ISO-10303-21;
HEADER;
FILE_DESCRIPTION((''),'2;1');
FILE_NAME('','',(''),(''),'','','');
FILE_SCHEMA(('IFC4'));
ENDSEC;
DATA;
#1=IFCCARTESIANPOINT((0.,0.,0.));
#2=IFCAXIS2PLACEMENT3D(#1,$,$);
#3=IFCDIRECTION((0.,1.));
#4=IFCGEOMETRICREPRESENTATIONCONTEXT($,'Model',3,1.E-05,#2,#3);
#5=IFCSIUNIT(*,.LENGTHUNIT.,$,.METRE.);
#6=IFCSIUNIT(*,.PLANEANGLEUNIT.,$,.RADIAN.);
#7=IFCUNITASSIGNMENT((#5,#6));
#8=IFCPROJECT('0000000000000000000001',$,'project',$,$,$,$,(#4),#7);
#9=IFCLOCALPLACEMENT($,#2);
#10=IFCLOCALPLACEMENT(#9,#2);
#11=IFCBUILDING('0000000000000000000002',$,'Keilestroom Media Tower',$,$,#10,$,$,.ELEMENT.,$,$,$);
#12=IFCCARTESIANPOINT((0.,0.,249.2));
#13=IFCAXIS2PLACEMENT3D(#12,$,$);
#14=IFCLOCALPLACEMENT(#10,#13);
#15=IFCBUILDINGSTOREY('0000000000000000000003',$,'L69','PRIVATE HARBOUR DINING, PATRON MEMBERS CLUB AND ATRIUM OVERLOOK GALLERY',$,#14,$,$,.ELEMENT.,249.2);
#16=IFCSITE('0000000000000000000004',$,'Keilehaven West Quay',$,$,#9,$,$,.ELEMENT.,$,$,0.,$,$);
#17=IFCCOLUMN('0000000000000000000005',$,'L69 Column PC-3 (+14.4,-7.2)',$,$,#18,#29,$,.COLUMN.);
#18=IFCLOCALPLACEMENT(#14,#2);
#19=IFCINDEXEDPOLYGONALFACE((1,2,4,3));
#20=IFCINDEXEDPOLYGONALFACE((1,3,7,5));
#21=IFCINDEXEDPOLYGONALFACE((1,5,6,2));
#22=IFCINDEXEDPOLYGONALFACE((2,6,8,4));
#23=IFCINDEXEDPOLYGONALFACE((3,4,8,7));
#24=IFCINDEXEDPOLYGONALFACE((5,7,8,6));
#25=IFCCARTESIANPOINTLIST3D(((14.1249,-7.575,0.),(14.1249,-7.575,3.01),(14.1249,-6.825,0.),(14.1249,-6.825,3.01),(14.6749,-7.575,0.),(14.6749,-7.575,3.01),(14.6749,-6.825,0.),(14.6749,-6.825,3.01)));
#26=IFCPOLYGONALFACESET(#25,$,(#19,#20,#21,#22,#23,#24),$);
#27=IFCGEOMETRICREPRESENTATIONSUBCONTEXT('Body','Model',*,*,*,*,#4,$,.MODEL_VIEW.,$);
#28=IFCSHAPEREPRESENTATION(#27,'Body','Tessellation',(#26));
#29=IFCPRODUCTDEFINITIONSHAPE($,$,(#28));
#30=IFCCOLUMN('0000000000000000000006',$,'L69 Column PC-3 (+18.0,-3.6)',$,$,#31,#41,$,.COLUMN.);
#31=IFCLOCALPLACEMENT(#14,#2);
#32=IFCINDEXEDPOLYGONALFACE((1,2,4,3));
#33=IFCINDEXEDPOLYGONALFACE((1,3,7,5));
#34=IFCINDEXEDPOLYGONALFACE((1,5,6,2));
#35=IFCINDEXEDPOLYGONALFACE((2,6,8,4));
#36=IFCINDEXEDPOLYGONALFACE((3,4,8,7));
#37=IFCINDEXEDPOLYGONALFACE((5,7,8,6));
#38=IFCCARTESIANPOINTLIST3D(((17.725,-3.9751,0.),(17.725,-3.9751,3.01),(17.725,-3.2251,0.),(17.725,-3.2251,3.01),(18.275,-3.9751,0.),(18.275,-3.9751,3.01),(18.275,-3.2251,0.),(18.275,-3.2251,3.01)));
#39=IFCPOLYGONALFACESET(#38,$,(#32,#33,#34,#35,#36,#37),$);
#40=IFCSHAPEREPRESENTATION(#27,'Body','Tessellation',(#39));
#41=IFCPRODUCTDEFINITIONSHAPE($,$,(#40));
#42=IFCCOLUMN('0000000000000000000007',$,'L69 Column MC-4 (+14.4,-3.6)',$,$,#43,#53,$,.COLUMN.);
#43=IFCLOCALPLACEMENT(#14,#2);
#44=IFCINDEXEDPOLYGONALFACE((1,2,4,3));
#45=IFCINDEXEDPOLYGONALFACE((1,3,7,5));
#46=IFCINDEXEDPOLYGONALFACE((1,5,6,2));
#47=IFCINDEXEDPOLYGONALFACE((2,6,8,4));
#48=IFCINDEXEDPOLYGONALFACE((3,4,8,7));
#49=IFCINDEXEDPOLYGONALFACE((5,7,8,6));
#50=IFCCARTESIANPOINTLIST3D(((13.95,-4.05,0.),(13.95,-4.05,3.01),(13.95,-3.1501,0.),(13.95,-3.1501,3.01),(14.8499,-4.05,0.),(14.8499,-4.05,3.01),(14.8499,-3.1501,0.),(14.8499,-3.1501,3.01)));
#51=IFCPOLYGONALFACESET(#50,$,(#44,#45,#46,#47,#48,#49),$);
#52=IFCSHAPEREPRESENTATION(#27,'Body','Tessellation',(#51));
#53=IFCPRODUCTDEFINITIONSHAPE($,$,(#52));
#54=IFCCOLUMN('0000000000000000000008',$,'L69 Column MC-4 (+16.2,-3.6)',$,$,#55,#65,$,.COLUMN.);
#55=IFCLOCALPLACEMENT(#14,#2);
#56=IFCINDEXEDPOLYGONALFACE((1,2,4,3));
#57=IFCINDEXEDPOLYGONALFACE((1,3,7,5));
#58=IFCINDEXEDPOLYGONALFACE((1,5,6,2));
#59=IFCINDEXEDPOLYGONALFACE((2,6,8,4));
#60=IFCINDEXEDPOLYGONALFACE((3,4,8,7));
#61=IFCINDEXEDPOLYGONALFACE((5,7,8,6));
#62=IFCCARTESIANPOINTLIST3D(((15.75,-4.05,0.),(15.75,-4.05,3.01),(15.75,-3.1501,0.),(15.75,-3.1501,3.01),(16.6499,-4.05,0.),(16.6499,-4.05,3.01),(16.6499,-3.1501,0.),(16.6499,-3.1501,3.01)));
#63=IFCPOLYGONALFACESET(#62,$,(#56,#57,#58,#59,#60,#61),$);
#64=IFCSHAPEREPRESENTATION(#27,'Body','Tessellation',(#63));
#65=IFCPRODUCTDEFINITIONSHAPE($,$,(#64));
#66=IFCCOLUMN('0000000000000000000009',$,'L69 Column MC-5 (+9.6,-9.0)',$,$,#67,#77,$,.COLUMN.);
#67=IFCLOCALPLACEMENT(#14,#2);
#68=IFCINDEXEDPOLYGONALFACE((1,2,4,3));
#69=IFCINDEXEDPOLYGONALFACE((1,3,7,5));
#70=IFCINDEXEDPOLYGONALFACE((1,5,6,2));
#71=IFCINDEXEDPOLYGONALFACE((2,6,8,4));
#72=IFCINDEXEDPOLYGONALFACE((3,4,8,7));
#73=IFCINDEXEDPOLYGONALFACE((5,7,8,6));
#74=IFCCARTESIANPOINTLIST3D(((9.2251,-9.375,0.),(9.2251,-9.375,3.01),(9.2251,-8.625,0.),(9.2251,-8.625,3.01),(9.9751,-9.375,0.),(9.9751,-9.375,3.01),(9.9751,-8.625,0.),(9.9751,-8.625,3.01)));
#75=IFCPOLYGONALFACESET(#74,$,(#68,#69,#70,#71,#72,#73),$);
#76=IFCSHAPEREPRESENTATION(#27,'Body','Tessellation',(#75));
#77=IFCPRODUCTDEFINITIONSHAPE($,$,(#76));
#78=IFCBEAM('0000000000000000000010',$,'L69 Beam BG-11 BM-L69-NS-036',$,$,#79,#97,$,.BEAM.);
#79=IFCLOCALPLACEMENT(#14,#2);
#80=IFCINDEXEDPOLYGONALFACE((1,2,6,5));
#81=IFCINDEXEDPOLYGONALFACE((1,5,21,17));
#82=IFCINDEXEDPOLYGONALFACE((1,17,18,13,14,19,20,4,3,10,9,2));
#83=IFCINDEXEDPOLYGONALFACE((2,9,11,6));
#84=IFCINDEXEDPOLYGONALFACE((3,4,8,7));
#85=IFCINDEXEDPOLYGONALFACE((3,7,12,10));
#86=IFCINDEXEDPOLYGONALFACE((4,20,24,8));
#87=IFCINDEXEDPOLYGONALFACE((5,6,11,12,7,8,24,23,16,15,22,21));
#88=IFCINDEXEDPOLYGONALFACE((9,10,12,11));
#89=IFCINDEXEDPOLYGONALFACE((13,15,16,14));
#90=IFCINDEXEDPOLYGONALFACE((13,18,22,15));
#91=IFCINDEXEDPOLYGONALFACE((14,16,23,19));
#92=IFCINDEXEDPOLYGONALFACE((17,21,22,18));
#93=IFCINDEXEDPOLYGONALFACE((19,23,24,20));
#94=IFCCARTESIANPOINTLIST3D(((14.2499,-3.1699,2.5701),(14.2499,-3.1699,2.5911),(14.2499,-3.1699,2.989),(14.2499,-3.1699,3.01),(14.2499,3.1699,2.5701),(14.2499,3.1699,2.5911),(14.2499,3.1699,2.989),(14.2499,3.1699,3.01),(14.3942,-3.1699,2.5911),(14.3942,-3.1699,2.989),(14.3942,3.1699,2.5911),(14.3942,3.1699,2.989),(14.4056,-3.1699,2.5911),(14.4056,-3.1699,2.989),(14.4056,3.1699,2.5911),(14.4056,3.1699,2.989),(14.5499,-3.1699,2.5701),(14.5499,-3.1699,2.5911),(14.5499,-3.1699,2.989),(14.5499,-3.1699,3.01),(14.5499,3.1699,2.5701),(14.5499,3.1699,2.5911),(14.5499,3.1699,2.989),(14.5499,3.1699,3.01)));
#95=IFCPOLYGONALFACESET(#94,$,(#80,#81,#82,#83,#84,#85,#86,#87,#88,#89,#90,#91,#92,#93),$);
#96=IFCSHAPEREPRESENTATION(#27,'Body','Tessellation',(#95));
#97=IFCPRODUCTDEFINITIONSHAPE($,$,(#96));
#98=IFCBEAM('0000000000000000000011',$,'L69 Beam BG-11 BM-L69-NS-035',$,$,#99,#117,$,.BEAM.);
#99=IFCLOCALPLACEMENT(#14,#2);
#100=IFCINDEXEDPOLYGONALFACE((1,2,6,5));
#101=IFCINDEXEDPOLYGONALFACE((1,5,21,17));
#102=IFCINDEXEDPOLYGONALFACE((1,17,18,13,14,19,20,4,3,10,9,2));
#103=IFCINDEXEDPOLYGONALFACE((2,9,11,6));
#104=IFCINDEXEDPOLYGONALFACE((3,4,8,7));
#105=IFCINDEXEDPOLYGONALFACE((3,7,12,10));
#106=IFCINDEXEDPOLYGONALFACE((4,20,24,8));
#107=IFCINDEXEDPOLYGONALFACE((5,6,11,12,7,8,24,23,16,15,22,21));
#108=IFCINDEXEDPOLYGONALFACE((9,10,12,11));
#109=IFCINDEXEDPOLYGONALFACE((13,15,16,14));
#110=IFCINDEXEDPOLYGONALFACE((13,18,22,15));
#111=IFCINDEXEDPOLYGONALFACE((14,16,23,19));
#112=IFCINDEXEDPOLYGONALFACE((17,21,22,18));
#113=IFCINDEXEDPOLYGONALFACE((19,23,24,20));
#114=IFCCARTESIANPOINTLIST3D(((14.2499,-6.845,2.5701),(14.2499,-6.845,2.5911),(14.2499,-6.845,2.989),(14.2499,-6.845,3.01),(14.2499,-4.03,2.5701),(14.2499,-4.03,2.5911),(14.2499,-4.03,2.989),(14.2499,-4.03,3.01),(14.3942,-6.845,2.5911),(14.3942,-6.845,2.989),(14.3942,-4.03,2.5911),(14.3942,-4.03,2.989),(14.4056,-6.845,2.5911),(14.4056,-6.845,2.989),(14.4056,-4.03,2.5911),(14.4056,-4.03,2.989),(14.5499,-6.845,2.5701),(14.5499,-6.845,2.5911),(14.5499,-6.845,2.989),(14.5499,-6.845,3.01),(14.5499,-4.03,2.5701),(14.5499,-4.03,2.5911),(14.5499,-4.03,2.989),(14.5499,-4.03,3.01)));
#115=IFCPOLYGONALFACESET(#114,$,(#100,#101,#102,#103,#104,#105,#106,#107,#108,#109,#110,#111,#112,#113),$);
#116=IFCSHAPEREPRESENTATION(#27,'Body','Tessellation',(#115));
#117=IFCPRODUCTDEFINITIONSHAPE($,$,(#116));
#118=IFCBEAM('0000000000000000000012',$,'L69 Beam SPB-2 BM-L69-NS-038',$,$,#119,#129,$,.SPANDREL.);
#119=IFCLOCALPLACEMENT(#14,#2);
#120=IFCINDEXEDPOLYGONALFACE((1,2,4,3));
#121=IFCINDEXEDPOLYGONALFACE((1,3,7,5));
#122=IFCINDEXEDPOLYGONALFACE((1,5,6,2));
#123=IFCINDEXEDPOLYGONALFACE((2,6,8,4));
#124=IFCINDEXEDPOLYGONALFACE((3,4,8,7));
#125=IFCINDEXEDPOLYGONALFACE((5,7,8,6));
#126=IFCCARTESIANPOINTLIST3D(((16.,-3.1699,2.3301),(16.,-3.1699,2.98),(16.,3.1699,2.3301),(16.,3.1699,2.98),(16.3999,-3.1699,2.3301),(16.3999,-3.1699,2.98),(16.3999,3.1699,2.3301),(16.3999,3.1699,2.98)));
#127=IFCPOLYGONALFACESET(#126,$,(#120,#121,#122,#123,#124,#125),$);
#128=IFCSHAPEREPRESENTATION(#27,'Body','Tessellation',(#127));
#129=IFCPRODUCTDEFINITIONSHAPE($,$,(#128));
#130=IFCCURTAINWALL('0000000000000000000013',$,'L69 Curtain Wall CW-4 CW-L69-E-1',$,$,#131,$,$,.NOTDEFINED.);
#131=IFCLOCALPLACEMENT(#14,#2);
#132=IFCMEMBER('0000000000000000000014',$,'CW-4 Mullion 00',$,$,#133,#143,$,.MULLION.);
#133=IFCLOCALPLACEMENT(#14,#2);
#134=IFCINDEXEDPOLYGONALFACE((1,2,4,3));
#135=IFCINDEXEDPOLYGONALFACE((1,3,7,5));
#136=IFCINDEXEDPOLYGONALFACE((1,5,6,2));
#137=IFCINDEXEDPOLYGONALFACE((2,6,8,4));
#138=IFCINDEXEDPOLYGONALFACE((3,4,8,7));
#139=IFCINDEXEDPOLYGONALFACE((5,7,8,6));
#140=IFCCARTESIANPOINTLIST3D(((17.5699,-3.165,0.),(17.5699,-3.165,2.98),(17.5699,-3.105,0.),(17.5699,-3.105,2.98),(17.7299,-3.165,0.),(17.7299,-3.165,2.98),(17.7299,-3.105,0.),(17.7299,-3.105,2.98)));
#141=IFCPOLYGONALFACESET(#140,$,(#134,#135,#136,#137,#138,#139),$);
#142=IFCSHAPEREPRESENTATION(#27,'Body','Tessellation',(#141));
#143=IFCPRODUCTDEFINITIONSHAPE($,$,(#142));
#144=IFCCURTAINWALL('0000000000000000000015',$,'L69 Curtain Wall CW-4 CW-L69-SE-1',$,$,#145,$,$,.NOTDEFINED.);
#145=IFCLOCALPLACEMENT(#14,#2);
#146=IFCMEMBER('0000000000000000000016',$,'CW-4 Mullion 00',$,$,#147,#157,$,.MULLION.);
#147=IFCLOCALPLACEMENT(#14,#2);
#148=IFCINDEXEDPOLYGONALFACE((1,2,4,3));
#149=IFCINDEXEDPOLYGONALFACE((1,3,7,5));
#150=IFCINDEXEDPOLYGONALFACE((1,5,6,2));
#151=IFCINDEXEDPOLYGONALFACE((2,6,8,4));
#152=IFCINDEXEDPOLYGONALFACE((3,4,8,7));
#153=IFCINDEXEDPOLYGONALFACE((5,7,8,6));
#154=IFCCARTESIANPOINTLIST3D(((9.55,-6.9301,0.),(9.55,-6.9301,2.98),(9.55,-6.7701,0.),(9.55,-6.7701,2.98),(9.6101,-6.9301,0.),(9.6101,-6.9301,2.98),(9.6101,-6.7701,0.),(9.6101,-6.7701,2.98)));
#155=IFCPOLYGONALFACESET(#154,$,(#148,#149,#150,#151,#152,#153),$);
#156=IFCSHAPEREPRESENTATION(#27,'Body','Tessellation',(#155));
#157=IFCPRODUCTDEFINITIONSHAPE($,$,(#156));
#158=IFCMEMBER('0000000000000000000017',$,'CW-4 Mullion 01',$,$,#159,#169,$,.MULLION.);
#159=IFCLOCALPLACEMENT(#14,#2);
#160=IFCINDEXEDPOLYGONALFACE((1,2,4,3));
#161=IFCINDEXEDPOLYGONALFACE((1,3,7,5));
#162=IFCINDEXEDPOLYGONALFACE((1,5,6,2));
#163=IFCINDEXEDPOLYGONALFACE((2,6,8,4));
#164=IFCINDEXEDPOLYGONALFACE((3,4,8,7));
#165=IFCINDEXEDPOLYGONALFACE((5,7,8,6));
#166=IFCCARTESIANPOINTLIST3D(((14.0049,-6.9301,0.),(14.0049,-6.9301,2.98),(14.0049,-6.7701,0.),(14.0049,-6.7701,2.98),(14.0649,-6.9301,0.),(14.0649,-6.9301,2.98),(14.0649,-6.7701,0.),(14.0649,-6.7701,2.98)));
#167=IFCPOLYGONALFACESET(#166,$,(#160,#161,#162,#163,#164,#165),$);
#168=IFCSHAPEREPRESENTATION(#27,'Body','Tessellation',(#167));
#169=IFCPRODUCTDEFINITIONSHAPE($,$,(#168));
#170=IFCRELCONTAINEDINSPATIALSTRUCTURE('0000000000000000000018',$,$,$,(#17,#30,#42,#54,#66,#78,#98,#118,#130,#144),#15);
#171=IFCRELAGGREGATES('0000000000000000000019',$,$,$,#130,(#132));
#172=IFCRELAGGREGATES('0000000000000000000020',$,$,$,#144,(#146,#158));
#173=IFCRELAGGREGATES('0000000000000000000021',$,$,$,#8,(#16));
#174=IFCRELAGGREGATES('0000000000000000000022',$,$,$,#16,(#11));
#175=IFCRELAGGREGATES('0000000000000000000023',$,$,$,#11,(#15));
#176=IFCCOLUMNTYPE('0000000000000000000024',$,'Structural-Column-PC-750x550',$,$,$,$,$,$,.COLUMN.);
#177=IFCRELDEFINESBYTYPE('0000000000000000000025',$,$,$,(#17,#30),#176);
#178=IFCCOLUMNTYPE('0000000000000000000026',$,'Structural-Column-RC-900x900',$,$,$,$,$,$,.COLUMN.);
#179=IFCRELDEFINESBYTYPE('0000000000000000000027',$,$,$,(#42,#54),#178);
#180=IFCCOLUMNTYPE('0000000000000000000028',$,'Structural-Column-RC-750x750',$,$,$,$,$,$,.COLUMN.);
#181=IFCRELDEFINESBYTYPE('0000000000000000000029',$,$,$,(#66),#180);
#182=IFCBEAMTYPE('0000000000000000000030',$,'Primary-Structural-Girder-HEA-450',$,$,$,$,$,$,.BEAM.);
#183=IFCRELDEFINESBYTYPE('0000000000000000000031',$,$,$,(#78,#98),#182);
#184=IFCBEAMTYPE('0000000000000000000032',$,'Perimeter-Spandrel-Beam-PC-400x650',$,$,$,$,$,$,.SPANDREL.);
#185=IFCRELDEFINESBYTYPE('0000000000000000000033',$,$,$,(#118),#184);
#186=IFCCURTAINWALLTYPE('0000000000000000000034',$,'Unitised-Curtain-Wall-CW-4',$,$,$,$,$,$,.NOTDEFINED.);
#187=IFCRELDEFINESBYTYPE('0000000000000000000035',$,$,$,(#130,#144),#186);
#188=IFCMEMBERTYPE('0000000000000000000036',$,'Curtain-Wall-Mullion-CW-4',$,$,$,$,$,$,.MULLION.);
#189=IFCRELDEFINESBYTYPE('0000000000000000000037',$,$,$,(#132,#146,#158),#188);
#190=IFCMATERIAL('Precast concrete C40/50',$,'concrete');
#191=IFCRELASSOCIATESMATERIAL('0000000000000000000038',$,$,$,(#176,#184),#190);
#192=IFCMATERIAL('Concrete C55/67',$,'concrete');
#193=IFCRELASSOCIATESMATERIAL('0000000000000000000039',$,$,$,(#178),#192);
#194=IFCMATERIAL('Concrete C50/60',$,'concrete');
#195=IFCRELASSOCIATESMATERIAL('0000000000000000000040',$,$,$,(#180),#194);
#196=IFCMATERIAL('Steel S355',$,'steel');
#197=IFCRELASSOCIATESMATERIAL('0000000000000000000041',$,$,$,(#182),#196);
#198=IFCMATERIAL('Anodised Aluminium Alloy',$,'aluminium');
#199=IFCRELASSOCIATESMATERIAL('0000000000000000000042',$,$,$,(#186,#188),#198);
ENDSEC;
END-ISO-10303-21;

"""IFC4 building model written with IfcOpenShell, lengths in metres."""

from ifc_helpers import new_model, si_unit, direction, frame, origin, origin_2d, place, context, subcontext, project, spatial, rectangle, i_section, extrude, source, transform, mapped, material, material_profile, profile_set, type_object, element, aggregate, save


model = new_model("IFC4")

# Units and contexts
model_context = context("Model", 3, precision=1e-05, world=origin(), true_north=direction((0.0, 1.0)))
body_context = subcontext(model_context, "Body", "Model", "MODEL_VIEW")
ifc_project = project(units=[si_unit("LENGTHUNIT", "METRE"), si_unit("PLANEANGLEUNIT", "RADIAN")], contexts=[model_context])

# Site, building, storey
site_placement = place(None, origin())
site = spatial("IfcSite", under=ifc_project, at=site_placement, Name="Keilehaven West Quay", CompositionType="ELEMENT", RefElevation=0.0)
building_placement = place(site_placement, origin())
building = spatial("IfcBuilding", under=site, at=building_placement, Name="Keilestroom Media Tower", CompositionType="ELEMENT")
storey_placement = place(building_placement, frame((0.0, 0.0, 249.2)))
storey = spatial("IfcBuildingStorey", under=building, at=storey_placement, Name="L69", Description="PRIVATE HARBOUR DINING, PATRON MEMBERS CLUB AND ATRIUM OVERLOOK GALLERY", CompositionType="ELEMENT", Elevation=249.2)

# Columns
ifc_material_1 = material(Name="Precast concrete C40/50", Category="concrete")
ifc_material_profile_1 = material_profile(ifc_material_1, rectangle(XDim=0.55, YDim=0.75, at=origin_2d()), Name="PC 750x550")
ifc_profile_set_1 = profile_set([ifc_material_profile_1], Name="Precast concrete C40/50")
column_type_1 = type_object("IfcColumnType", Name="Structural-Column-PC-750x550", PredefinedType="COLUMN", material=ifc_profile_set_1)
shared_shape_1 = source(origin(), body_context, "Body", "SweptSolid", [
    extrude(rectangle(XDim=0.55, YDim=0.75, at=origin_2d()), origin(), (0.0, 0.0, 1.0), 3.01),
])
for number, where, z_axis, x_axis, name in (
    (1, (14.3999, -7.2, 0.0), (0.0, 0.0, 1.0), (1.0, 0.0, 0.0), "L69 Column PC-3 (+14.4,-7.2)"),
    (2, (18.0, -3.6001, 0.0), (0.0, 0.0, 1.0), (1.0, 0.0, 0.0), "L69 Column PC-3 (+18.0,-3.6)"),
):
    element("IfcColumn", number, at=place(storey_placement, frame(where, z_axis=z_axis, x_axis=x_axis)), inside=storey, type_object=column_type_1, Name=name, PredefinedType="COLUMN", context=body_context, shape_type="MappedRepresentation", body=[
        mapped(shared_shape_1, transform((0.0, 0.0, 0.0), x_axis=(1.0, 0.0, 0.0), y_axis=(0.0, 1.0, 0.0), z_axis=(0.0, 0.0, 1.0), scale=1.0)),
    ])
ifc_material_2 = material(Name="Concrete C55/67", Category="concrete")
ifc_material_profile_2 = material_profile(ifc_material_2, rectangle(XDim=0.8999, YDim=0.8999, at=origin_2d()), Name="RC 900x900")
ifc_profile_set_2 = profile_set([ifc_material_profile_2], Name="Concrete C55/67")
column_type_2 = type_object("IfcColumnType", Name="Structural-Column-RC-900x900", PredefinedType="COLUMN", material=ifc_profile_set_2)
shared_shape_2 = source(origin(), body_context, "Body", "SweptSolid", [
    extrude(rectangle(XDim=0.8999, YDim=0.8999, at=origin_2d()), origin(), (0.0, 0.0, 1.0), 3.01),
])
for number, where, z_axis, x_axis, name in (
    (3, (14.3999, -3.6001, 0.0), (0.0, 0.0, 1.0), (1.0, 0.0, 0.0), "L69 Column MC-4 (+14.4,-3.6)"),
    (4, (16.2, -3.6001, 0.0), (0.0, 0.0, 1.0), (1.0, 0.0, 0.0), "L69 Column MC-4 (+16.2,-3.6)"),
):
    element("IfcColumn", number, at=place(storey_placement, frame(where, z_axis=z_axis, x_axis=x_axis)), inside=storey, type_object=column_type_2, Name=name, PredefinedType="COLUMN", context=body_context, shape_type="MappedRepresentation", body=[
        mapped(shared_shape_2, transform((0.0, 0.0, 0.0), x_axis=(1.0, 0.0, 0.0), y_axis=(0.0, 1.0, 0.0), z_axis=(0.0, 0.0, 1.0), scale=1.0)),
    ])
ifc_material_3 = material(Name="Concrete C50/60", Category="concrete")
ifc_material_profile_3 = material_profile(ifc_material_3, rectangle(XDim=0.75, YDim=0.75, at=origin_2d()), Name="RC 750x750")
ifc_profile_set_3 = profile_set([ifc_material_profile_3], Name="Concrete C50/60")
column_type_3 = type_object("IfcColumnType", Name="Structural-Column-RC-750x750", PredefinedType="COLUMN", material=ifc_profile_set_3)
shared_shape_3 = source(origin(), body_context, "Body", "SweptSolid", [
    extrude(rectangle(XDim=0.75, YDim=0.75, at=origin_2d()), origin(), (0.0, 0.0, 1.0), 3.01),
])
column_placement = place(storey_placement, frame((9.6001, -9.0, 0.0), z_axis=(0.0, 0.0, 1.0), x_axis=(1.0, 0.0, 0.0)))
element("IfcColumn", 5, at=column_placement, inside=storey, type_object=column_type_3, Name="L69 Column MC-5 (+9.6,-9.0)", PredefinedType="COLUMN", context=body_context, shape_type="MappedRepresentation", body=[
    mapped(shared_shape_3, transform((0.0, 0.0, 0.0), x_axis=(1.0, 0.0, 0.0), y_axis=(0.0, 1.0, 0.0), z_axis=(0.0, 0.0, 1.0), scale=1.0)),
])

# Beams
ifc_material_4 = material(Name="Steel S355", Category="steel")
ifc_material_profile_4 = material_profile(ifc_material_4, i_section(OverallWidth=0.3, OverallDepth=0.4399, WebThickness=0.0115, FlangeThickness=0.021, at=origin_2d()), Name="HEA 450")
ifc_profile_set_4 = profile_set([ifc_material_profile_4], Name="Steel S355")
beam_type_1 = type_object("IfcBeamType", Name="Primary-Structural-Girder-HEA-450", PredefinedType="BEAM", material=ifc_profile_set_4)
shared_shape_4 = source(origin(), body_context, "Body", "SweptSolid", [
    extrude(i_section(OverallWidth=0.3, OverallDepth=0.4399, WebThickness=0.0115, FlangeThickness=0.021, at=origin_2d()), origin(), (0.0, 0.0, 1.0), 6.3398),
])
beam_1_placement = place(storey_placement, frame((14.3999, -3.1699, 2.79), z_axis=(0.0, 1.0, 0.0), x_axis=(-1.0, 0.0, 0.0)))
element("IfcBeam", 6, at=beam_1_placement, inside=storey, type_object=beam_type_1, Name="L69 Beam BG-11 BM-L69-NS-036", PredefinedType="BEAM", context=body_context, shape_type="MappedRepresentation", body=[
    mapped(shared_shape_4, transform((0.0, 0.0, 0.0), x_axis=(1.0, 0.0, 0.0), y_axis=(0.0, 1.0, 0.0), z_axis=(0.0, 0.0, 1.0), scale=1.0)),
])
shared_shape_5 = source(origin(), body_context, "Body", "SweptSolid", [
    extrude(i_section(OverallWidth=0.3, OverallDepth=0.4399, WebThickness=0.0115, FlangeThickness=0.021, at=origin_2d()), origin(), (0.0, 0.0, 1.0), 2.8149),
])
beam_2_placement = place(storey_placement, frame((14.3999, -6.845, 2.79), z_axis=(0.0, 1.0, 0.0), x_axis=(-1.0, 0.0, 0.0)))
element("IfcBeam", 7, at=beam_2_placement, inside=storey, type_object=beam_type_1, Name="L69 Beam BG-11 BM-L69-NS-035", PredefinedType="BEAM", context=body_context, shape_type="MappedRepresentation", body=[
    mapped(shared_shape_5, transform((0.0, 0.0, 0.0), x_axis=(1.0, 0.0, 0.0), y_axis=(0.0, 1.0, 0.0), z_axis=(0.0, 0.0, 1.0), scale=1.0)),
])
ifc_material_profile_5 = material_profile(ifc_material_1, rectangle(XDim=0.3999, YDim=0.6499, at=origin_2d()), Name="PC 400x650")
ifc_profile_set_5 = profile_set([ifc_material_profile_5], Name="Precast concrete C40/50")
beam_type_2 = type_object("IfcBeamType", Name="Perimeter-Spandrel-Beam-PC-400x650", PredefinedType="SPANDREL", material=ifc_profile_set_5)
shared_shape_6 = source(origin(), body_context, "Body", "SweptSolid", [
    extrude(rectangle(XDim=0.3999, YDim=0.6499, at=origin_2d()), origin(), (0.0, 0.0, 1.0), 6.3398),
])
beam_3_placement = place(storey_placement, frame((16.2, -3.1699, 2.655), z_axis=(0.0, 1.0, 0.0), x_axis=(-1.0, 0.0, 0.0)))
element("IfcBeam", 8, at=beam_3_placement, inside=storey, type_object=beam_type_2, Name="L69 Beam SPB-2 BM-L69-NS-038", PredefinedType="SPANDREL", context=body_context, shape_type="MappedRepresentation", body=[
    mapped(shared_shape_6, transform((0.0, 0.0, 0.0), x_axis=(1.0, 0.0, 0.0), y_axis=(0.0, 1.0, 0.0), z_axis=(0.0, 0.0, 1.0), scale=1.0)),
])

# Curtain wall, member
ifc_material_5 = material(Name="Anodised Aluminium Alloy", Category="aluminium")
curtain_wall_type = type_object("IfcCurtainWallType", Name="Unitised-Curtain-Wall-CW-4", PredefinedType="NOTDEFINED", material=ifc_material_5)
curtain_wall_1_placement = place(storey_placement, origin())
curtain_wall_1 = element("IfcCurtainWall", 9, at=curtain_wall_1_placement, inside=storey, type_object=curtain_wall_type, Name="L69 Curtain Wall CW-4 CW-L69-E-1", PredefinedType="NOTDEFINED")
ifc_material_profile_6 = material_profile(ifc_material_5, rectangle(XDim=0.0601, YDim=0.1599, at=origin_2d()), Name="ALU MULLION 60x160")
ifc_profile_set_6 = profile_set([ifc_material_profile_6], Name="Anodised Aluminium Alloy")
member_type_1 = type_object("IfcMemberType", Name="Curtain-Wall-Mullion-CW-4", PredefinedType="MULLION", material=ifc_profile_set_6)
shared_shape_7 = source(origin(), body_context, "Body", "SweptSolid", [
    extrude(rectangle(XDim=0.0601, YDim=0.1599, at=origin_2d()), origin(), (0.0, 0.0, 1.0), 2.98),
])
member_1_placement = place(storey_placement, frame((17.6499, -3.135, 0.0), z_axis=(0.0, 0.0, 1.0), x_axis=(0.0, 1.0, 0.0)))
member_1 = element("IfcMember", 10, at=member_1_placement, type_object=member_type_1, Name="CW-4 Mullion 00", PredefinedType="MULLION", context=body_context, shape_type="MappedRepresentation", body=[
    mapped(shared_shape_7, transform((0.0, 0.0, 0.0), x_axis=(1.0, 0.0, 0.0), y_axis=(0.0, 1.0, 0.0), z_axis=(0.0, 0.0, 1.0), scale=1.0)),
])

# Curtain wall, members
curtain_wall_2_placement = place(storey_placement, origin())
curtain_wall_2 = element("IfcCurtainWall", 11, at=curtain_wall_2_placement, inside=storey, type_object=curtain_wall_type, Name="L69 Curtain Wall CW-4 CW-L69-SE-1", PredefinedType="NOTDEFINED")
member_2_placement = place(storey_placement, frame((9.5801, -6.8501, 0.0), z_axis=(0.0, 0.0, 1.0), x_axis=(1.0, 0.0, 0.0)))
member_2 = element("IfcMember", 12, at=member_2_placement, type_object=member_type_1, Name="CW-4 Mullion 00", PredefinedType="MULLION", context=body_context, shape_type="MappedRepresentation", body=[
    mapped(shared_shape_7, transform((0.0, 0.0, 0.0), x_axis=(1.0, 0.0, 0.0), y_axis=(0.0, 1.0, 0.0), z_axis=(0.0, 0.0, 1.0), scale=1.0)),
])
member_3_placement = place(storey_placement, frame((14.0349, -6.8501, 0.0), z_axis=(0.0, 0.0, 1.0), x_axis=(1.0, 0.0, 0.0)))
member_3 = element("IfcMember", 13, at=member_3_placement, type_object=member_type_1, Name="CW-4 Mullion 01", PredefinedType="MULLION", context=body_context, shape_type="MappedRepresentation", body=[
    mapped(shared_shape_7, transform((0.0, 0.0, 0.0), x_axis=(1.0, 0.0, 0.0), y_axis=(0.0, 1.0, 0.0), z_axis=(0.0, 0.0, 1.0), scale=1.0)),
])

aggregate(curtain_wall_1, [member_1])
aggregate(curtain_wall_2, [member_2, member_3])

save(model, "model.ifc")
